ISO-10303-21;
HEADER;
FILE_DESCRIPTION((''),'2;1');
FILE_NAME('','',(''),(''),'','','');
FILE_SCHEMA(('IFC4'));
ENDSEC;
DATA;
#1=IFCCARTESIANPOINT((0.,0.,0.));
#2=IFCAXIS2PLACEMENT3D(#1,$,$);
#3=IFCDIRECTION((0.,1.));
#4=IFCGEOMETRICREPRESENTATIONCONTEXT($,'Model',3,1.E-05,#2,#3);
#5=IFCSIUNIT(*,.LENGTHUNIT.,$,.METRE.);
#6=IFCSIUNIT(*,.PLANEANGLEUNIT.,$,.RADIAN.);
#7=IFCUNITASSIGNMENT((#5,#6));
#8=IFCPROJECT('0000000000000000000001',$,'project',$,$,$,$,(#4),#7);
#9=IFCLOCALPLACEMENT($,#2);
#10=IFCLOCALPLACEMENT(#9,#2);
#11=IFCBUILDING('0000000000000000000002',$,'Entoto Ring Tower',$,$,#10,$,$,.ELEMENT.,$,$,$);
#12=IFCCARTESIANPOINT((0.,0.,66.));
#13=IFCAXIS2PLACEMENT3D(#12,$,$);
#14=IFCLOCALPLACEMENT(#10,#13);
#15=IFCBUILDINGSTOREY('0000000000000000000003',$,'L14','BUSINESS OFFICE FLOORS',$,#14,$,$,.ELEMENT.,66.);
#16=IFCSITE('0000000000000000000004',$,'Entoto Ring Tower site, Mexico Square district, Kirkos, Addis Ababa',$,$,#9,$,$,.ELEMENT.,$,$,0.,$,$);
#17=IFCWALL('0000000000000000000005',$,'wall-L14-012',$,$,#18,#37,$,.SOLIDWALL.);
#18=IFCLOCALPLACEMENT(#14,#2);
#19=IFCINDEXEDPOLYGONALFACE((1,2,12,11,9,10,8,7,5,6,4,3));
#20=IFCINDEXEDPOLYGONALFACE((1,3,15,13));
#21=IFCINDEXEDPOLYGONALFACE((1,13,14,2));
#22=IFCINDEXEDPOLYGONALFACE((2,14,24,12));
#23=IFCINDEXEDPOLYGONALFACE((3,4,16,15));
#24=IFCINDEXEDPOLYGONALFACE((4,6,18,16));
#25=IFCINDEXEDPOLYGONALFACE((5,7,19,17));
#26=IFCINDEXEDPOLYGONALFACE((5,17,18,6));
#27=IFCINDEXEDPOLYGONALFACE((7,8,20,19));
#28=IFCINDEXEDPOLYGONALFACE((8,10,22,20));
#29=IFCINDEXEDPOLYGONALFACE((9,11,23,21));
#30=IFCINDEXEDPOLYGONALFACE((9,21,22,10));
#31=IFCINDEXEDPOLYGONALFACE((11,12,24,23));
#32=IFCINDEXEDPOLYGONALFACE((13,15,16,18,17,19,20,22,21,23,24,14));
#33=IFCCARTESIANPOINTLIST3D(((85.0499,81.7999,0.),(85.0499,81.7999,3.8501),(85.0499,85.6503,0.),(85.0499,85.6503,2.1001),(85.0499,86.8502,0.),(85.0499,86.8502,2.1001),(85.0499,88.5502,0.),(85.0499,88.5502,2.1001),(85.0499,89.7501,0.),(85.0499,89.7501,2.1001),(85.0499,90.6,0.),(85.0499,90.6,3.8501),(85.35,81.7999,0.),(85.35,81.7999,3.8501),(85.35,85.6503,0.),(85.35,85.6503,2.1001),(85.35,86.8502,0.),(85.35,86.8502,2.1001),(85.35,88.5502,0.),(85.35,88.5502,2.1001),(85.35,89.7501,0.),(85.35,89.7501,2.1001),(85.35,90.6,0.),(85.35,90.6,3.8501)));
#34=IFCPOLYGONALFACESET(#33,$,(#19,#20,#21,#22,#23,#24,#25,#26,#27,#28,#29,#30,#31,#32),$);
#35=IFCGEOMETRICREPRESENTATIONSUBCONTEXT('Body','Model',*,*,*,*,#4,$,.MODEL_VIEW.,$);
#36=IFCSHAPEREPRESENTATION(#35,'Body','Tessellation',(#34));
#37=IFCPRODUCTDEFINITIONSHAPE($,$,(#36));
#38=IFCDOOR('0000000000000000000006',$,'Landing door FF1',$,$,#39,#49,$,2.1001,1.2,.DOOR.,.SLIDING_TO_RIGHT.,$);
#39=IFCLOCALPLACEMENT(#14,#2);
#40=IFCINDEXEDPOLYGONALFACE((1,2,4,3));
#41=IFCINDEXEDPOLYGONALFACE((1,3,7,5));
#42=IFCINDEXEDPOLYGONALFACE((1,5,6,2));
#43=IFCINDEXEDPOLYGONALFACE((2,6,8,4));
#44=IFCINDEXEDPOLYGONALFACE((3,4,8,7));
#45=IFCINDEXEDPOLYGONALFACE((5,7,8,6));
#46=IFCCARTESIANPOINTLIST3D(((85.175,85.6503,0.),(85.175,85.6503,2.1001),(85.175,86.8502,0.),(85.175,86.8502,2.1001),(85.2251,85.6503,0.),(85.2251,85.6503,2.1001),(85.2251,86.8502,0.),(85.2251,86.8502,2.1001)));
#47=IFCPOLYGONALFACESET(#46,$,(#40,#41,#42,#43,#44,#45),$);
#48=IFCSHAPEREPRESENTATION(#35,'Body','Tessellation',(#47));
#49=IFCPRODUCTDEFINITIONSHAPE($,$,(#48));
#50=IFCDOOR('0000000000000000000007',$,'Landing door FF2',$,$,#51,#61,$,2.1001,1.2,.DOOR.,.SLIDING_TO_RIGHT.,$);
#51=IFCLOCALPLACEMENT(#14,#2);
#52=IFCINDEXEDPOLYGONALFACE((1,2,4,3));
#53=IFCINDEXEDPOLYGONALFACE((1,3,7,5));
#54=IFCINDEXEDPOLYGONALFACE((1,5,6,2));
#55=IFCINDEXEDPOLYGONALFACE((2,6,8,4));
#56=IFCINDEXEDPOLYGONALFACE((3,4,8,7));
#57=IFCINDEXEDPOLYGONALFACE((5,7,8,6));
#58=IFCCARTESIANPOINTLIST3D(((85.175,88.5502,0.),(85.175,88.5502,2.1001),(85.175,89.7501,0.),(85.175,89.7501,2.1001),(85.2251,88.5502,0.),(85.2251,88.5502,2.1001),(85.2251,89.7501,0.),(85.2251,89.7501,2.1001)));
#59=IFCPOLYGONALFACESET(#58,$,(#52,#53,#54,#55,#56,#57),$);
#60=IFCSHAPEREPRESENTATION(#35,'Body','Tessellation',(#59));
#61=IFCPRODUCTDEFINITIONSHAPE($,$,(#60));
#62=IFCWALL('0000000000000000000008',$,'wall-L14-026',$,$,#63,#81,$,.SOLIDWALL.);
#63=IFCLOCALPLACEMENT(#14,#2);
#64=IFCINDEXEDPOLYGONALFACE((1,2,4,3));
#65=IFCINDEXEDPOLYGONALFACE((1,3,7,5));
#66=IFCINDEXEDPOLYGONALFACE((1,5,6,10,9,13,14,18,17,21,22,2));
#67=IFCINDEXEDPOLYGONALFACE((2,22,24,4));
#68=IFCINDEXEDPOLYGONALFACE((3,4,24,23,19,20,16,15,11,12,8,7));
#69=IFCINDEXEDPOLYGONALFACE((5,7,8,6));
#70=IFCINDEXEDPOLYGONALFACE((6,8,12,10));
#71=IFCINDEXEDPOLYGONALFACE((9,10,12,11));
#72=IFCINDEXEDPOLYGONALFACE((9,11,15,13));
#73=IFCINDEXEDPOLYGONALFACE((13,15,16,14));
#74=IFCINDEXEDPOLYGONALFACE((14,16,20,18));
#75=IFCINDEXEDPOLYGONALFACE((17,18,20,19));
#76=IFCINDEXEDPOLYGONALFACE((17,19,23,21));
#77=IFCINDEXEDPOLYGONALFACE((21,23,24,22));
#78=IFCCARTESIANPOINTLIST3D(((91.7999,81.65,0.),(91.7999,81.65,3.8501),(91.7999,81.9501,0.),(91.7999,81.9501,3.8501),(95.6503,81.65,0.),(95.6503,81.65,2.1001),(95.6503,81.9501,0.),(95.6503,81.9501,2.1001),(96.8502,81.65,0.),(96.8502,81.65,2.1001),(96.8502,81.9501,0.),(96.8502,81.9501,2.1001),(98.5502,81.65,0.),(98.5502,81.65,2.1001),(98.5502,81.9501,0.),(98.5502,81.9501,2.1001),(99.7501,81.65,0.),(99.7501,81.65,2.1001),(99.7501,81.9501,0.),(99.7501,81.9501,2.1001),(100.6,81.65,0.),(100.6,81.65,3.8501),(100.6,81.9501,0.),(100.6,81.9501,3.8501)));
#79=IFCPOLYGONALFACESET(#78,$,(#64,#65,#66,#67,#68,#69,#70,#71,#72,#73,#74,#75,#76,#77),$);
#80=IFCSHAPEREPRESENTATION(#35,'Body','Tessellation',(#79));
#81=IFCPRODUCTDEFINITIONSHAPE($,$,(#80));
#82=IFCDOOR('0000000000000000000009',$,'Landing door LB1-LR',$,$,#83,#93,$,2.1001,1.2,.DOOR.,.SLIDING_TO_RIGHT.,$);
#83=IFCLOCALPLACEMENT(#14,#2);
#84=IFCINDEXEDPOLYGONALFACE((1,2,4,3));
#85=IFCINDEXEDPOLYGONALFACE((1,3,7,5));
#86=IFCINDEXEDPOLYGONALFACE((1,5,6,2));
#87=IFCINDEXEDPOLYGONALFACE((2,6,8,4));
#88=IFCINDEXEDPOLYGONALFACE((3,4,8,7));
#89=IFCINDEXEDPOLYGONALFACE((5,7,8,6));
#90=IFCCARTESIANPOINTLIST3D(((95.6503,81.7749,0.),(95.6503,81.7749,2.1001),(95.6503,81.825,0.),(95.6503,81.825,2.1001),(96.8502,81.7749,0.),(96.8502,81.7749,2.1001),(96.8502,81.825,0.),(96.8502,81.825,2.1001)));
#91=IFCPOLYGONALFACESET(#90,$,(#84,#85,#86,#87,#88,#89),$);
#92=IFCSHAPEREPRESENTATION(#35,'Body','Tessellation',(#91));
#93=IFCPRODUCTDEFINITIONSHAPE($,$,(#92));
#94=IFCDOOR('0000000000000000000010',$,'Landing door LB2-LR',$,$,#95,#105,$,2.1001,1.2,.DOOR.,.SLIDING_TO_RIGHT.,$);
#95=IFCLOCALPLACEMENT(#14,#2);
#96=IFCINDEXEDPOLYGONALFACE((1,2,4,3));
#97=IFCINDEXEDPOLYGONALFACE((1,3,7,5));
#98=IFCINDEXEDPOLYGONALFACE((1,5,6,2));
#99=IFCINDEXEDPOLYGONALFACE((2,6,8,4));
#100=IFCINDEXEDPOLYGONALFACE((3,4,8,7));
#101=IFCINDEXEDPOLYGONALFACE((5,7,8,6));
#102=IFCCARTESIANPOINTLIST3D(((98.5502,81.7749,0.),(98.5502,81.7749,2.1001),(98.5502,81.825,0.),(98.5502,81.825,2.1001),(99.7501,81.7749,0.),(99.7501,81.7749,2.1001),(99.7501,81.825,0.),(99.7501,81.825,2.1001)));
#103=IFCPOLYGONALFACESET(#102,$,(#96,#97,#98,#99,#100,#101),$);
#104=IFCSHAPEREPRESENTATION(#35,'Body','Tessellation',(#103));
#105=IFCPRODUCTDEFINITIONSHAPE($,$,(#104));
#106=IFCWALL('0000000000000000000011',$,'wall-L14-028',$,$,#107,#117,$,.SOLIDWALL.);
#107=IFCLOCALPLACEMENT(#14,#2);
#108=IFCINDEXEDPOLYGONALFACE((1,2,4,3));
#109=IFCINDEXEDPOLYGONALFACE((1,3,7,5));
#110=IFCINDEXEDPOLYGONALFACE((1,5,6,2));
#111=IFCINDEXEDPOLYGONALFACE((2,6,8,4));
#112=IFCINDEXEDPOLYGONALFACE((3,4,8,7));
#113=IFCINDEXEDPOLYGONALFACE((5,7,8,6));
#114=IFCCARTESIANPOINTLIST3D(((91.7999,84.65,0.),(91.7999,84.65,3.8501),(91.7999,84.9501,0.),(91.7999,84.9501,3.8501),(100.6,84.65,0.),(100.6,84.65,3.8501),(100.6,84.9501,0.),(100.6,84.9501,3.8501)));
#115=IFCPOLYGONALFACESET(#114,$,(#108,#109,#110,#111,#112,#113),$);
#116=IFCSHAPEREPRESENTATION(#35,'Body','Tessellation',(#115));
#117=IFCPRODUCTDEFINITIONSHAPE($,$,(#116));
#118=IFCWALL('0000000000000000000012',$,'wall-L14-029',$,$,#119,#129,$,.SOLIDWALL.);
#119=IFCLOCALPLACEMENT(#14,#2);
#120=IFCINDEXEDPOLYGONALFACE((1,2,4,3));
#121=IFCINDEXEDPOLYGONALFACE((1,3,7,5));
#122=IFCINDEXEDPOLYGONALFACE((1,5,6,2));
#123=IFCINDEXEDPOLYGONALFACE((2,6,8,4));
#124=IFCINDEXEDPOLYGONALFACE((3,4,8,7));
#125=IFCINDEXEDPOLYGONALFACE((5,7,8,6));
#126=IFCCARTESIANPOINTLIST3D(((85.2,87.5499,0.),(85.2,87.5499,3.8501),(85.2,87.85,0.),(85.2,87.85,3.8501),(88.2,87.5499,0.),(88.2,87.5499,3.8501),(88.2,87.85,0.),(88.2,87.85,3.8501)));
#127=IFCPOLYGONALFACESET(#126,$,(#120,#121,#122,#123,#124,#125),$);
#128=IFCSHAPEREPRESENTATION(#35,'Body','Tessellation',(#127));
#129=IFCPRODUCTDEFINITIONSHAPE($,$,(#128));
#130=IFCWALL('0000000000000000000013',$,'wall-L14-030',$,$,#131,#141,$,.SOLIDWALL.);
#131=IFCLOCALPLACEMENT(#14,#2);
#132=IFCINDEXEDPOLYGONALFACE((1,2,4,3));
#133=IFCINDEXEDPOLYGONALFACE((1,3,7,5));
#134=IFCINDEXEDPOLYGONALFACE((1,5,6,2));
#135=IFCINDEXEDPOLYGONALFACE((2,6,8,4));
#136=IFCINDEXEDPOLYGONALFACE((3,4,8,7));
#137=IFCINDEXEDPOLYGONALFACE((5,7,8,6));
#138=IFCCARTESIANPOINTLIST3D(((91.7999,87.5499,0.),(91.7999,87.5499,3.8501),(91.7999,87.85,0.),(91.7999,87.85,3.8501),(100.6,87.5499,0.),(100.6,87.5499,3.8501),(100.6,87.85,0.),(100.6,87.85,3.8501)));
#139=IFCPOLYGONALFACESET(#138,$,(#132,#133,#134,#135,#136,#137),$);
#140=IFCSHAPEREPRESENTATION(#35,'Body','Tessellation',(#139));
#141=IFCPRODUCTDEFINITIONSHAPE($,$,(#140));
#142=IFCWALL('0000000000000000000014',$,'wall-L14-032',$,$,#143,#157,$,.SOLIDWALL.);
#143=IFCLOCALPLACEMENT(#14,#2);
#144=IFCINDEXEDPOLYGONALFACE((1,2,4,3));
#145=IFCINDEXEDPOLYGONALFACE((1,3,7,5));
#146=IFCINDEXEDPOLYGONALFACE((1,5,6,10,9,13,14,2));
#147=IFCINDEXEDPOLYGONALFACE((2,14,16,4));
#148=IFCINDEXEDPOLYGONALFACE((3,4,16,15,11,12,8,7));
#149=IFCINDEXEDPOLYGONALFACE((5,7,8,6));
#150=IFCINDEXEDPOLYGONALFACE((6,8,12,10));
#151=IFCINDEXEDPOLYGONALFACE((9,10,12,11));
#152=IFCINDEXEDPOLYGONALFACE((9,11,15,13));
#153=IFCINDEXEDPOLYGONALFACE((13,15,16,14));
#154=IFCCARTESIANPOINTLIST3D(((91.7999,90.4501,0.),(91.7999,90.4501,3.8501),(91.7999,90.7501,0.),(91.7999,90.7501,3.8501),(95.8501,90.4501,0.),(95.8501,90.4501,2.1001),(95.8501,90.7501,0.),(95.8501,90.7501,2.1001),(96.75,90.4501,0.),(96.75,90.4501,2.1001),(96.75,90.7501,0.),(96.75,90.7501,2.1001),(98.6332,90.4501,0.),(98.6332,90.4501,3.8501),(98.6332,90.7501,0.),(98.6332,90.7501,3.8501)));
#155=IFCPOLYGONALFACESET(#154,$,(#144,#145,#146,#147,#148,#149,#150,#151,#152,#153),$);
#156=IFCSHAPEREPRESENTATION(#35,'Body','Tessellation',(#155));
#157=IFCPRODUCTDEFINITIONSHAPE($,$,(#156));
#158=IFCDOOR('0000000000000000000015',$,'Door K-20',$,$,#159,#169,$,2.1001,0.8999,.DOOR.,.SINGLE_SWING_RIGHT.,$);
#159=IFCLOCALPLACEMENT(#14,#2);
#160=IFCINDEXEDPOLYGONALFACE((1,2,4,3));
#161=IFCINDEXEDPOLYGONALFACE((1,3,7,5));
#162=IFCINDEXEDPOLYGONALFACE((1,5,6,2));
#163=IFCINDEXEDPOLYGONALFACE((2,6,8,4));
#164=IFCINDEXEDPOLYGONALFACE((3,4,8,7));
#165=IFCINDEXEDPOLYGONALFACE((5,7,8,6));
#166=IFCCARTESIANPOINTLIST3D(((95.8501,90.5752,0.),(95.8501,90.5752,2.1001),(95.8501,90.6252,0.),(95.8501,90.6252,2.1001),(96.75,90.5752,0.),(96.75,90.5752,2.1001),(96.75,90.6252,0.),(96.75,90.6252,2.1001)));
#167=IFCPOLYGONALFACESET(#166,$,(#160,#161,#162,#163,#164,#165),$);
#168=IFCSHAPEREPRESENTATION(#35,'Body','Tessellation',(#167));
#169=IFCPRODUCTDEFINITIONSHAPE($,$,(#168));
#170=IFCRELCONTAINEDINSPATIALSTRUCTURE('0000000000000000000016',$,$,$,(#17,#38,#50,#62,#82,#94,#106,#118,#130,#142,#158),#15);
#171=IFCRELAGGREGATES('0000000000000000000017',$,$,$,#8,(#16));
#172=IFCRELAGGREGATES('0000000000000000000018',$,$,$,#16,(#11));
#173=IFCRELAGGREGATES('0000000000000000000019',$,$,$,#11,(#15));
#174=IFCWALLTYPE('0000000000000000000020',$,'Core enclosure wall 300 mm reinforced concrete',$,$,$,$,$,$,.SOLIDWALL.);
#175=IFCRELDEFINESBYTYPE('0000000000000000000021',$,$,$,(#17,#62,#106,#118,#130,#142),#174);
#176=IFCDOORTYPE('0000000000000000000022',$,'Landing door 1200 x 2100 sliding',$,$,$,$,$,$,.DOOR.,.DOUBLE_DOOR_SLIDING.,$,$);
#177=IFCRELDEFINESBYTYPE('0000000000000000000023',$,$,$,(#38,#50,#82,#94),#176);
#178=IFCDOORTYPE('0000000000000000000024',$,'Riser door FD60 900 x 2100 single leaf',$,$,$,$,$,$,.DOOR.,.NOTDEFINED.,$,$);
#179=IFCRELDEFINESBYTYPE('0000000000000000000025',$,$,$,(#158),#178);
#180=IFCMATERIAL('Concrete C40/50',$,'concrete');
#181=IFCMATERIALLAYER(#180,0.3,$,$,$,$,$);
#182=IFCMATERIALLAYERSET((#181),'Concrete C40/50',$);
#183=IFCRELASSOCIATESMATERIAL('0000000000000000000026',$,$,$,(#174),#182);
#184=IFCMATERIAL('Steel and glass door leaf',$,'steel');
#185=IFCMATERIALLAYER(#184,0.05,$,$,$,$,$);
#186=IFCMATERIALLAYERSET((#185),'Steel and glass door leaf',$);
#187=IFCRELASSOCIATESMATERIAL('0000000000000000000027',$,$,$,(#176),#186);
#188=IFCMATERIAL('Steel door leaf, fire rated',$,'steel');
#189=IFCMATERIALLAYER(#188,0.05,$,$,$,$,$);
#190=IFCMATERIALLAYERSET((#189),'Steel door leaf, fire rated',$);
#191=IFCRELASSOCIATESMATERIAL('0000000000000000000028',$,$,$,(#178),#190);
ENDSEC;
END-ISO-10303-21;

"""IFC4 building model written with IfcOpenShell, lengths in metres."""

from ifc_helpers import new_model, si_unit, direction, frame, frame_2d, origin, place, context, subcontext, project, spatial, rectangle, extrude, material, layer, layer_set, type_object, element, fill, save


model = new_model("IFC4")

# Units and contexts
model_context = context("Model", 3, precision=1e-05, world=origin(), true_north=direction((0.0, 1.0)))
body_context = subcontext(model_context, "Body", "Model", "MODEL_VIEW")
ifc_project = project(units=[si_unit("LENGTHUNIT", "METRE"), si_unit("PLANEANGLEUNIT", "RADIAN")], contexts=[model_context])

# Site, building, storey
site_placement = place(None, origin())
site = spatial("IfcSite", under=ifc_project, at=site_placement, Name="Entoto Ring Tower site, Mexico Square district, Kirkos, Addis Ababa", CompositionType="ELEMENT", RefElevation=0.0)
building_placement = place(site_placement, origin())
building = spatial("IfcBuilding", under=site, at=building_placement, Name="Entoto Ring Tower", CompositionType="ELEMENT")
storey_placement = place(building_placement, frame((0.0, 0.0, 66.0)))
storey = spatial("IfcBuildingStorey", under=building, at=storey_placement, Name="L14", Description="BUSINESS OFFICE FLOORS", CompositionType="ELEMENT", Elevation=66.0)

# Shared definitions
ifc_material_1 = material(Name="Concrete C40/50", Category="concrete")
ifc_layer_1 = layer(ifc_material_1, 0.3)
ifc_layer_set_1 = layer_set([ifc_layer_1], Name="Concrete C40/50")
wall_type_1 = type_object("IfcWallType", Name="Core enclosure wall 300 mm reinforced concrete", PredefinedType="SOLIDWALL", material=ifc_layer_set_1)

# Walls, openings, doors
wall_1_placement = place(storey_placement, frame((85.2, 81.8, 0.0), z_axis=(0.0, 0.0, 1.0), x_axis=(0.0, 1.0, 0.0)))
wall_1 = element("IfcWall", 1, at=wall_1_placement, inside=storey, type_object=wall_type_1, Name="wall-L14-012", PredefinedType="SOLIDWALL", context=body_context, shape_type="SweptSolid", body=[
    extrude(rectangle(XDim=8.8, YDim=0.3, at=frame_2d((4.3999, 0.0))), origin(), (0.0, 0.0, 1.0), 3.8501),
])
opening_1_placement = place(wall_1_placement, frame((3.8501, 0.0, 0.0)))
opening_1 = element("IfcOpeningElement", 2, at=opening_1_placement, cuts=wall_1, PredefinedType="OPENING", context=body_context, shape_type="SweptSolid", body=[
    extrude(rectangle(XDim=1.2, YDim=2.1001, at=frame_2d((0.6001, 1.05))), frame((0.0, 0.1602, 0.0), z_axis=(0.0, -1.0, 0.0), x_axis=(1.0, 0.0, 0.0)), (0.0, 0.0, 1.0), 0.3201),
])
opening_2_placement = place(wall_1_placement, frame((6.75, 0.0, 0.0)))
opening_2 = element("IfcOpeningElement", 3, at=opening_2_placement, cuts=wall_1, PredefinedType="OPENING", context=body_context, shape_type="SweptSolid", body=[
    extrude(rectangle(XDim=1.2, YDim=2.1001, at=frame_2d((0.6001, 1.05))), frame((0.0, 0.1602, 0.0), z_axis=(0.0, -1.0, 0.0), x_axis=(1.0, 0.0, 0.0)), (0.0, 0.0, 1.0), 0.3201),
])
ifc_material_2 = material(Name="Steel and glass door leaf", Category="steel")
ifc_layer_2 = layer(ifc_material_2, 0.05)
ifc_layer_set_2 = layer_set([ifc_layer_2], Name="Steel and glass door leaf")
door_type_1 = type_object("IfcDoorType", Name="Landing door 1200 x 2100 sliding", OperationType="DOUBLE_DOOR_SLIDING", PredefinedType="DOOR", material=ifc_layer_set_2)
door_1_placement = place(opening_1_placement, origin())
door_1 = element("IfcDoor", 4, at=door_1_placement, inside=storey, type_object=door_type_1, Name="Landing door FF1", OperationType="SLIDING_TO_RIGHT", OverallHeight=2.1001, OverallWidth=1.2, PredefinedType="DOOR", context=body_context, shape_type="SweptSolid", body=[
    extrude(rectangle(XDim=1.2, YDim=2.1001, at=frame_2d((0.6001, 1.05))), frame((0.0, 0.0249, 0.0), z_axis=(0.0, -1.0, 0.0), x_axis=(1.0, 0.0, 0.0)), (0.0, 0.0, 1.0), 0.05),
])
fill(opening_1, door_1)
door_2_placement = place(opening_2_placement, origin())
door_2 = element("IfcDoor", 5, at=door_2_placement, inside=storey, type_object=door_type_1, Name="Landing door FF2", OperationType="SLIDING_TO_RIGHT", OverallHeight=2.1001, OverallWidth=1.2, PredefinedType="DOOR", context=body_context, shape_type="SweptSolid", body=[
    extrude(rectangle(XDim=1.2, YDim=2.1001, at=frame_2d((0.6001, 1.05))), frame((0.0, 0.0249, 0.0), z_axis=(0.0, -1.0, 0.0), x_axis=(1.0, 0.0, 0.0)), (0.0, 0.0, 1.0), 0.05),
])
fill(opening_2, door_2)
wall_2_placement = place(storey_placement, frame((91.8, 81.8, 0.0), z_axis=(0.0, 0.0, 1.0), x_axis=(1.0, 0.0, 0.0)))
wall_2 = element("IfcWall", 6, at=wall_2_placement, inside=storey, type_object=wall_type_1, Name="wall-L14-026", PredefinedType="SOLIDWALL", context=body_context, shape_type="SweptSolid", body=[
    extrude(rectangle(XDim=8.8, YDim=0.3, at=frame_2d((4.3999, 0.0))), origin(), (0.0, 0.0, 1.0), 3.8501),
])
opening_3_placement = place(wall_2_placement, frame((3.8501, 0.0, 0.0)))
opening_3 = element("IfcOpeningElement", 7, at=opening_3_placement, cuts=wall_2, PredefinedType="OPENING", context=body_context, shape_type="SweptSolid", body=[
    extrude(rectangle(XDim=1.2, YDim=2.1001, at=frame_2d((0.6001, 1.05))), frame((0.0, 0.1602, 0.0), z_axis=(0.0, -1.0, 0.0), x_axis=(1.0, 0.0, 0.0)), (0.0, 0.0, 1.0), 0.3201),
])
opening_4_placement = place(wall_2_placement, frame((6.75, 0.0, 0.0)))
opening_4 = element("IfcOpeningElement", 8, at=opening_4_placement, cuts=wall_2, PredefinedType="OPENING", context=body_context, shape_type="SweptSolid", body=[
    extrude(rectangle(XDim=1.2, YDim=2.1001, at=frame_2d((0.6001, 1.05))), frame((0.0, 0.1602, 0.0), z_axis=(0.0, -1.0, 0.0), x_axis=(1.0, 0.0, 0.0)), (0.0, 0.0, 1.0), 0.3201),
])
door_3_placement = place(opening_3_placement, origin())
door_3 = element("IfcDoor", 9, at=door_3_placement, inside=storey, type_object=door_type_1, Name="Landing door LB1-LR", OperationType="SLIDING_TO_RIGHT", OverallHeight=2.1001, OverallWidth=1.2, PredefinedType="DOOR", context=body_context, shape_type="SweptSolid", body=[
    extrude(rectangle(XDim=1.2, YDim=2.1001, at=frame_2d((0.6001, 1.05))), frame((0.0, 0.0249, 0.0), z_axis=(0.0, -1.0, 0.0), x_axis=(1.0, 0.0, 0.0)), (0.0, 0.0, 1.0), 0.05),
])
fill(opening_3, door_3)
door_4_placement = place(opening_4_placement, origin())
door_4 = element("IfcDoor", 10, at=door_4_placement, inside=storey, type_object=door_type_1, Name="Landing door LB2-LR", OperationType="SLIDING_TO_RIGHT", OverallHeight=2.1001, OverallWidth=1.2, PredefinedType="DOOR", context=body_context, shape_type="SweptSolid", body=[
    extrude(rectangle(XDim=1.2, YDim=2.1001, at=frame_2d((0.6001, 1.05))), frame((0.0, 0.0249, 0.0), z_axis=(0.0, -1.0, 0.0), x_axis=(1.0, 0.0, 0.0)), (0.0, 0.0, 1.0), 0.05),
])
fill(opening_4, door_4)

# Walls
wall_3_placement = place(storey_placement, frame((91.8, 84.8, 0.0), z_axis=(0.0, 0.0, 1.0), x_axis=(1.0, 0.0, 0.0)))
element("IfcWall", 11, at=wall_3_placement, inside=storey, type_object=wall_type_1, Name="wall-L14-028", PredefinedType="SOLIDWALL", context=body_context, shape_type="SweptSolid", body=[
    extrude(rectangle(XDim=8.8, YDim=0.3, at=frame_2d((4.3999, 0.0))), origin(), (0.0, 0.0, 1.0), 3.8501),
])
wall_4_placement = place(storey_placement, frame((85.2, 87.7, 0.0), z_axis=(0.0, 0.0, 1.0), x_axis=(1.0, 0.0, 0.0)))
element("IfcWall", 12, at=wall_4_placement, inside=storey, type_object=wall_type_1, Name="wall-L14-029", PredefinedType="SOLIDWALL", context=body_context, shape_type="SweptSolid", body=[
    extrude(rectangle(XDim=3.0, YDim=0.3, at=frame_2d((1.5, 0.0))), origin(), (0.0, 0.0, 1.0), 3.8501),
])
wall_5_placement = place(storey_placement, frame((91.8, 87.7, 0.0), z_axis=(0.0, 0.0, 1.0), x_axis=(1.0, 0.0, 0.0)))
element("IfcWall", 13, at=wall_5_placement, inside=storey, type_object=wall_type_1, Name="wall-L14-030", PredefinedType="SOLIDWALL", context=body_context, shape_type="SweptSolid", body=[
    extrude(rectangle(XDim=8.8, YDim=0.3, at=frame_2d((4.3999, 0.0))), origin(), (0.0, 0.0, 1.0), 3.8501),
])

# Wall, opening, door
wall_6_placement = place(storey_placement, frame((91.8, 90.6001, 0.0), z_axis=(0.0, 0.0, 1.0), x_axis=(1.0, 0.0, 0.0)))
wall_6 = element("IfcWall", 14, at=wall_6_placement, inside=storey, type_object=wall_type_1, Name="wall-L14-032", PredefinedType="SOLIDWALL", context=body_context, shape_type="SweptSolid", body=[
    extrude(rectangle(XDim=6.8333, YDim=0.3, at=frame_2d((3.4165, 0.0))), origin(), (0.0, 0.0, 1.0), 3.8501),
])
opening_5_placement = place(wall_6_placement, frame((4.05, 0.0, 0.0)))
opening_5 = element("IfcOpeningElement", 15, at=opening_5_placement, cuts=wall_6, PredefinedType="OPENING", context=body_context, shape_type="SweptSolid", body=[
    extrude(rectangle(XDim=0.8999, YDim=2.1001, at=frame_2d((0.45, 1.05))), frame((0.0, 0.1602, 0.0), z_axis=(0.0, -1.0, 0.0), x_axis=(1.0, 0.0, 0.0)), (0.0, 0.0, 1.0), 0.3201),
])
ifc_material_3 = material(Name="Steel door leaf, fire rated", Category="steel")
ifc_layer_3 = layer(ifc_material_3, 0.05)
ifc_layer_set_3 = layer_set([ifc_layer_3], Name="Steel door leaf, fire rated")
door_type_2 = type_object("IfcDoorType", Name="Riser door FD60 900 x 2100 single leaf", OperationType="NOTDEFINED", PredefinedType="DOOR", material=ifc_layer_set_3)
door_5_placement = place(opening_5_placement, frame((0.8999, 0.0, 0.0), z_axis=(0.0, 0.0, 1.0), x_axis=(-1.0, 0.0, 0.0)))
door_5 = element("IfcDoor", 16, at=door_5_placement, inside=storey, type_object=door_type_2, Name="Door K-20", OperationType="SINGLE_SWING_RIGHT", OverallHeight=2.1001, OverallWidth=0.8999, PredefinedType="DOOR", context=body_context, shape_type="SweptSolid", body=[
    extrude(rectangle(XDim=0.8999, YDim=2.1001, at=frame_2d((0.45, 1.05))), frame((0.0, 0.0249, 0.0), z_axis=(0.0, -1.0, 0.0), x_axis=(1.0, 0.0, 0.0)), (0.0, 0.0, 1.0), 0.05),
])
fill(opening_5, door_5)

save(model, "model.ifc")
